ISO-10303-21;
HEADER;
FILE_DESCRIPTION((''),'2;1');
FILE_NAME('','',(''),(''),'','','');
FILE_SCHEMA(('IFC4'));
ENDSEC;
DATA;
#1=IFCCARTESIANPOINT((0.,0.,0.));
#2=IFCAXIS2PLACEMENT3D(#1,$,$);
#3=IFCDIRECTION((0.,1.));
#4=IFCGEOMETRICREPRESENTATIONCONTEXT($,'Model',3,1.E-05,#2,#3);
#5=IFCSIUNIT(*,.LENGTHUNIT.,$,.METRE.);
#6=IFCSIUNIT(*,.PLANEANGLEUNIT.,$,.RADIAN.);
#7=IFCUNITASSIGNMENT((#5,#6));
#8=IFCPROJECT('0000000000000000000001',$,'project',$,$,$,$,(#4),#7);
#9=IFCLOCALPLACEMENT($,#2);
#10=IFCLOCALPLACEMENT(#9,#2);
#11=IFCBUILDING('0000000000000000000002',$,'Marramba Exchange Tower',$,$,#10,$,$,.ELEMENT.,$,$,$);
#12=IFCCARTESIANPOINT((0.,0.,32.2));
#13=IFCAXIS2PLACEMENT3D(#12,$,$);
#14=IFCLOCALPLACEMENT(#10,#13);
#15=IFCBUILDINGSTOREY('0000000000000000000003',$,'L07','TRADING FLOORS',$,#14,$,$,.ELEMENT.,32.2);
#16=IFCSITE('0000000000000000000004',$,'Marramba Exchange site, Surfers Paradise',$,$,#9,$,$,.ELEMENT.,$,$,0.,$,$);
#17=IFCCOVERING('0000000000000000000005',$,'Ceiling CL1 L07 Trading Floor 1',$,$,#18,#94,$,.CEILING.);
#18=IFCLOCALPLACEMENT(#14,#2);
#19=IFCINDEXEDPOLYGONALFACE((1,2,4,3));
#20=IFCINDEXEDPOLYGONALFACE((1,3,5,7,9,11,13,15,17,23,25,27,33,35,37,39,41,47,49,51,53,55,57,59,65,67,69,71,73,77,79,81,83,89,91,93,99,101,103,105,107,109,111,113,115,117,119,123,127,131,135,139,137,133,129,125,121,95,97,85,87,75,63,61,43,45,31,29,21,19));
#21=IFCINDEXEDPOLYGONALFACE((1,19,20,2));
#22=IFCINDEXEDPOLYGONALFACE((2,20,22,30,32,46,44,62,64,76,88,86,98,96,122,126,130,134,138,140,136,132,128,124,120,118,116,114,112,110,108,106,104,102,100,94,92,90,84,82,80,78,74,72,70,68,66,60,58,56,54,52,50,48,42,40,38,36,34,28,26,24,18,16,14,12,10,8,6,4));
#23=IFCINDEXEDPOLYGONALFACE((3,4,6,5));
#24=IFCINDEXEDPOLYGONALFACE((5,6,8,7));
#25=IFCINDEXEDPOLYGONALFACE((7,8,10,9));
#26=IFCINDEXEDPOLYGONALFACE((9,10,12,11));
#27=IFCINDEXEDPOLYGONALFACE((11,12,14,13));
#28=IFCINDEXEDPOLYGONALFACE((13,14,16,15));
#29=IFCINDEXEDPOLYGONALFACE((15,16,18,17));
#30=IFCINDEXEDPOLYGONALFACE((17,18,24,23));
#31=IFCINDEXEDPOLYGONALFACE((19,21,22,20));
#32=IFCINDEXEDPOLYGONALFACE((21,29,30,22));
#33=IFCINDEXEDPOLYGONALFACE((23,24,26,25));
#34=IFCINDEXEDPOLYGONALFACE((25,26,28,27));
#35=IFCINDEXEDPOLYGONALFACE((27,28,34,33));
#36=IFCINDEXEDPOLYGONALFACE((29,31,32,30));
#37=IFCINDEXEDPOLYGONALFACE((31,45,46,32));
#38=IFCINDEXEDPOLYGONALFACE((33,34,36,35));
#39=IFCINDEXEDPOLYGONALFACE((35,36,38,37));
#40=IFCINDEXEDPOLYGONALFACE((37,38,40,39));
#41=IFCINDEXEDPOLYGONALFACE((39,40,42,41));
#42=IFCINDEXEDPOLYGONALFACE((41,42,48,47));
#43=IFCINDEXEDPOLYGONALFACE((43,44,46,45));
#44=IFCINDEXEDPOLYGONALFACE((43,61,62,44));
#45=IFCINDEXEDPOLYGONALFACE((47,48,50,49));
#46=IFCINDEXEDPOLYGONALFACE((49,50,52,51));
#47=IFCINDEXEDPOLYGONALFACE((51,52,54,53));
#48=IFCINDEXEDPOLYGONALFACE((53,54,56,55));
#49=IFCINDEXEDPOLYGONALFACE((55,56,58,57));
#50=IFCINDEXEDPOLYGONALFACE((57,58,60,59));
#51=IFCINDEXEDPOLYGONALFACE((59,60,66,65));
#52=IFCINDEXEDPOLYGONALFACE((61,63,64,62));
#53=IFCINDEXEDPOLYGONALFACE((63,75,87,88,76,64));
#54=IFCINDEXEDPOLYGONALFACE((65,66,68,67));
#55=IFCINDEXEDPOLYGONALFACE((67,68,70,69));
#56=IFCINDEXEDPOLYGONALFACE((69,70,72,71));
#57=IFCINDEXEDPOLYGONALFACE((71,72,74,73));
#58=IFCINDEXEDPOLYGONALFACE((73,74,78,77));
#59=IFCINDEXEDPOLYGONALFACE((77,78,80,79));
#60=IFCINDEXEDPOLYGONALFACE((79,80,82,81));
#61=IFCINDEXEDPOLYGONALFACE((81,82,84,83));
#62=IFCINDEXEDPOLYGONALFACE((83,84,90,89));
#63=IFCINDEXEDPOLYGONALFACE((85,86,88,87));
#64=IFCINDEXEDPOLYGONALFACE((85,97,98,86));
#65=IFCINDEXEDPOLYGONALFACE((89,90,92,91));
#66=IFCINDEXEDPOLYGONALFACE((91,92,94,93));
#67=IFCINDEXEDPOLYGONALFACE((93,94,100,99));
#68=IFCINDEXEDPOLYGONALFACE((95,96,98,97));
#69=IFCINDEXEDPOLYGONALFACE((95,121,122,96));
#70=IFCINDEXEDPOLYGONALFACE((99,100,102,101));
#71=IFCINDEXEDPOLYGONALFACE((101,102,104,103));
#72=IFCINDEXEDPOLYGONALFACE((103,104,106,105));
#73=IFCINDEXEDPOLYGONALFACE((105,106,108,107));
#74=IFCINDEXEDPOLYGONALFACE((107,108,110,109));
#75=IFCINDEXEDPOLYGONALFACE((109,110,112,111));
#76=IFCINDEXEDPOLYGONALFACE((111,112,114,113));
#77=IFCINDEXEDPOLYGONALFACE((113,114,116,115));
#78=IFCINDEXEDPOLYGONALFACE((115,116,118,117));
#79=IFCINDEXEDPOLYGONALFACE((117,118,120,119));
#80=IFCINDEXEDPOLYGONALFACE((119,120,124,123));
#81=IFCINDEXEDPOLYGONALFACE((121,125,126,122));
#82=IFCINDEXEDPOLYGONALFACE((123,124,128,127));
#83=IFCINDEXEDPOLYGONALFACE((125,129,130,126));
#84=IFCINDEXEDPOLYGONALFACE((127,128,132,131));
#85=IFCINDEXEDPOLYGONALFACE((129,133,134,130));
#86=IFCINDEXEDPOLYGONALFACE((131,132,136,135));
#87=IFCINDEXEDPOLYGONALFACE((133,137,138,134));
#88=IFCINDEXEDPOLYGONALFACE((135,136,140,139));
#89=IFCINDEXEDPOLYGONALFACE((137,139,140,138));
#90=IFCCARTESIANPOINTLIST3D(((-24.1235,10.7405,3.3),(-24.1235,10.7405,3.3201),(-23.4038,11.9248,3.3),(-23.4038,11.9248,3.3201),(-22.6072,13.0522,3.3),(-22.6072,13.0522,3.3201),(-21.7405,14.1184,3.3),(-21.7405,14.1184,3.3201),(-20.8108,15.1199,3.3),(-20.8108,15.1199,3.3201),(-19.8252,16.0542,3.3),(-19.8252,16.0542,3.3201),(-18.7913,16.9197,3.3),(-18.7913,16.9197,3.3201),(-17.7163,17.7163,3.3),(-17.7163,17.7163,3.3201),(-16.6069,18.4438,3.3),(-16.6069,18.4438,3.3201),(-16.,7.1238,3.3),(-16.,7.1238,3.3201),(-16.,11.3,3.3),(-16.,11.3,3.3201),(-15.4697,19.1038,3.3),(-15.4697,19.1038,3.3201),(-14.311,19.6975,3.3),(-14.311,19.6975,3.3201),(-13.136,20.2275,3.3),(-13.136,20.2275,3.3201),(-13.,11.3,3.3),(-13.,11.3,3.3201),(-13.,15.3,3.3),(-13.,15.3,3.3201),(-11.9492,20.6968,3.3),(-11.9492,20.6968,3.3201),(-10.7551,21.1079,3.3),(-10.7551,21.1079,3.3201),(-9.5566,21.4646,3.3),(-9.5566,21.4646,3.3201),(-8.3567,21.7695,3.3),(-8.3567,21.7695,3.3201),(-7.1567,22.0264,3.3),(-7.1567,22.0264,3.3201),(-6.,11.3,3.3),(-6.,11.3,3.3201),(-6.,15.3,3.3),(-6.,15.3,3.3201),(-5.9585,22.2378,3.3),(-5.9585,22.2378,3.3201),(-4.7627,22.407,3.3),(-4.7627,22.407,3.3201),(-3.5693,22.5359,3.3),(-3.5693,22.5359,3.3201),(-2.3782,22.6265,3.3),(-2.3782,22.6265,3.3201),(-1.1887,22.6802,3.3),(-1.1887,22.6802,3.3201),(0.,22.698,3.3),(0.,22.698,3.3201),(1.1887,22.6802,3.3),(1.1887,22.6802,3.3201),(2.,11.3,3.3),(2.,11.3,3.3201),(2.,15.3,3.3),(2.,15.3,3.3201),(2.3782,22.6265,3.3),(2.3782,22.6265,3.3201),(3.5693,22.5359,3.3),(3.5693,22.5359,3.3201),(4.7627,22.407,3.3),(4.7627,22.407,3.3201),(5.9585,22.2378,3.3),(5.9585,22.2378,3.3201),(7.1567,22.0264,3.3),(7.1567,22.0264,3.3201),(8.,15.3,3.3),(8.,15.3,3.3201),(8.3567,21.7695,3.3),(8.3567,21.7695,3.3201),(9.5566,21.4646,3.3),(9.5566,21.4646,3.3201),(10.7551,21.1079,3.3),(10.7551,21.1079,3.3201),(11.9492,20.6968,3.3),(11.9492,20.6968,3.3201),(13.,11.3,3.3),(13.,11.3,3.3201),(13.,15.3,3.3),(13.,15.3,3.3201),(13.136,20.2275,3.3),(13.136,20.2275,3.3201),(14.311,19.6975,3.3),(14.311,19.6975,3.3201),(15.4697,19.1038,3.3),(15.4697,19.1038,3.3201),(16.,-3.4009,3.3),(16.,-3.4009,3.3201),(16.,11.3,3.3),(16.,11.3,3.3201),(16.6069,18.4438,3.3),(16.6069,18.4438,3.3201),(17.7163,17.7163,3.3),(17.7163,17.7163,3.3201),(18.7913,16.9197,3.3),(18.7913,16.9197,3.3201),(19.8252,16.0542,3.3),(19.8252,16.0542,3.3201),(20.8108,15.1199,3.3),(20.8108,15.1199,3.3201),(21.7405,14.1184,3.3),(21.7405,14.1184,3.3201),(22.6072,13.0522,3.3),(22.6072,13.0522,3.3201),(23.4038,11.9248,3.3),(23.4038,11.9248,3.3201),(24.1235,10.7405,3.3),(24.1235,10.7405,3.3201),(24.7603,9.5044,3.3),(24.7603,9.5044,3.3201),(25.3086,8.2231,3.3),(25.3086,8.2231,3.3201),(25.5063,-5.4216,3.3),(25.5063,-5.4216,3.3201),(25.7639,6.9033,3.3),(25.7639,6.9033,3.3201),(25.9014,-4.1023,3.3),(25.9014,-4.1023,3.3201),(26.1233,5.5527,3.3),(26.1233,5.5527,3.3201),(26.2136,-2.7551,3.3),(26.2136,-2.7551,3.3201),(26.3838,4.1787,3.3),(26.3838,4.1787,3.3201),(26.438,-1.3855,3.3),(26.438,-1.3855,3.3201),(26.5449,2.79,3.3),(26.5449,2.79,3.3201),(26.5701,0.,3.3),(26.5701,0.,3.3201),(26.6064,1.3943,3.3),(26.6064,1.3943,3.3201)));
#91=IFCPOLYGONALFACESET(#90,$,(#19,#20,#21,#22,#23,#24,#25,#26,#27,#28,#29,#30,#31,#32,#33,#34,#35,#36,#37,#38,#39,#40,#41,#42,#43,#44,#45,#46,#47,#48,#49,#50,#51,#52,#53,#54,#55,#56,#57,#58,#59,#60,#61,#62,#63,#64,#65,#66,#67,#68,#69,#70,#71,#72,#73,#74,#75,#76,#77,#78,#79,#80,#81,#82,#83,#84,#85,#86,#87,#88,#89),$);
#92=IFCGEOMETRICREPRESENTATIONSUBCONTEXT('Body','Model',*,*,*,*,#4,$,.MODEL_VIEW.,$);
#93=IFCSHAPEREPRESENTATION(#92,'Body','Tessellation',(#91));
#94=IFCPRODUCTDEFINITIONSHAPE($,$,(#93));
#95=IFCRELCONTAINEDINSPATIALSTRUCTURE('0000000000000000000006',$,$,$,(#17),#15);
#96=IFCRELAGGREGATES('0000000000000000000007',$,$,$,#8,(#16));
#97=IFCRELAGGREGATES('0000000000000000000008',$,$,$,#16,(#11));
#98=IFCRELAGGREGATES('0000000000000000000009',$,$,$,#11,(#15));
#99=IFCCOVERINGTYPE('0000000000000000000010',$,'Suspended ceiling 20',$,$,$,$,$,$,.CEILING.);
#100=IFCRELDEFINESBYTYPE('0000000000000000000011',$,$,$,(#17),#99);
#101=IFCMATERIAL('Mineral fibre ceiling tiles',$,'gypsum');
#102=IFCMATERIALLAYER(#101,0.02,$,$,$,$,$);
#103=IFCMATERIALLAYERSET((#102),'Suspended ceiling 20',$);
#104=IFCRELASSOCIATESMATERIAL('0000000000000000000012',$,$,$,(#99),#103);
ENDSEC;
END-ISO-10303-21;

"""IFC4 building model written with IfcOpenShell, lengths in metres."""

from ifc_helpers import new_model, si_unit, direction, frame, origin, place, context, subcontext, project, spatial, polyline, outline, extrude, material, layer, layer_set, type_object, element, save


model = new_model("IFC4")

# Units and contexts
model_context = context("Model", 3, precision=1e-05, world=origin(), true_north=direction((0.0, 1.0)))
body_context = subcontext(model_context, "Body", "Model", "MODEL_VIEW")
ifc_project = project(units=[si_unit("LENGTHUNIT", "METRE"), si_unit("PLANEANGLEUNIT", "RADIAN")], contexts=[model_context])

# Site, building, storey
site_placement = place(None, origin())
site = spatial("IfcSite", under=ifc_project, at=site_placement, Name="Marramba Exchange site, Surfers Paradise", CompositionType="ELEMENT", RefElevation=0.0)
building_placement = place(site_placement, origin())
building = spatial("IfcBuilding", under=site, at=building_placement, Name="Marramba Exchange Tower", CompositionType="ELEMENT")
storey_placement = place(building_placement, frame((0.0, 0.0, 32.2)))
storey = spatial("IfcBuildingStorey", under=building, at=storey_placement, Name="L07", Description="TRADING FLOORS", CompositionType="ELEMENT", Elevation=32.2)

# Covering
ifc_material_1 = material(Name="Mineral fibre ceiling tiles", Category="gypsum")
ifc_layer_1 = layer(ifc_material_1, 0.02)
ifc_layer_set_1 = layer_set([ifc_layer_1], Name="Suspended ceiling 20")
covering_type_1 = type_object("IfcCoveringType", Name="Suspended ceiling 20", PredefinedType="CEILING", material=ifc_layer_set_1)
covering_1_placement = place(storey_placement, frame((0.0, 0.0, 3.3)))
element("IfcCovering", 1, at=covering_1_placement, inside=storey, type_object=covering_type_1, Name="Ceiling CL1 L07 Trading Floor 1", PredefinedType="CEILING", context=body_context, shape_type="SweptSolid", body=[
    extrude(outline(polyline([(13.0, 11.3), (13.0, 15.3), (8.0, 15.3), (2.0, 15.3), (2.0, 11.3), (-6.0, 11.3), (-6.0, 15.3), (-13.0, 15.3), (-13.0, 11.3), (-16.0, 11.3), (-16.0, 7.1238), (-24.1235, 10.7405), (-23.4038, 11.9248), (-22.6072, 13.0522), (-21.7405, 14.1184), (-20.8108, 15.1199), (-19.8252, 16.0542), (-18.7913, 16.9197), (-17.7163, 17.7163), (-16.6069, 18.4438), (-15.4697, 19.1038), (-14.311, 19.6975), (-13.136, 20.2275), (-11.9492, 20.6968), (-10.7551, 21.1079), (-9.5566, 21.4646), (-8.3567, 21.7695), (-7.1567, 22.0264), (-5.9585, 22.2378), (-4.7627, 22.407), (-3.5693, 22.5359), (-2.3782, 22.6265), (-1.1887, 22.6802), (0.0, 22.698), (1.1887, 22.6802), (2.3782, 22.6265), (3.5693, 22.5359), (4.7627, 22.407), (5.9585, 22.2378), (7.1567, 22.0264), (8.3567, 21.7695), (9.5566, 21.4646), (10.7551, 21.1079), (11.9492, 20.6968), (13.136, 20.2275), (14.311, 19.6975), (15.4697, 19.1038), (16.6069, 18.4438), (17.7163, 17.7163), (18.7913, 16.9197), (19.8252, 16.0542), (20.8108, 15.1199), (21.7405, 14.1184), (22.6072, 13.0522), (23.4038, 11.9248), (24.1235, 10.7405), (24.7603, 9.5044), (25.3086, 8.2231), (25.7639, 6.9033), (26.1233, 5.5527), (26.3838, 4.1787), (26.5449, 2.79), (26.6064, 1.3943), (26.5701, 0.0), (26.438, -1.3855), (26.2136, -2.7551), (25.9014, -4.1023), (25.5063, -5.4216), (16.0, -3.4009), (16.0, 11.3), (13.0, 11.3)])), origin(), (0.0, 0.0, 1.0), 0.02),
])

save(model, "model.ifc")
